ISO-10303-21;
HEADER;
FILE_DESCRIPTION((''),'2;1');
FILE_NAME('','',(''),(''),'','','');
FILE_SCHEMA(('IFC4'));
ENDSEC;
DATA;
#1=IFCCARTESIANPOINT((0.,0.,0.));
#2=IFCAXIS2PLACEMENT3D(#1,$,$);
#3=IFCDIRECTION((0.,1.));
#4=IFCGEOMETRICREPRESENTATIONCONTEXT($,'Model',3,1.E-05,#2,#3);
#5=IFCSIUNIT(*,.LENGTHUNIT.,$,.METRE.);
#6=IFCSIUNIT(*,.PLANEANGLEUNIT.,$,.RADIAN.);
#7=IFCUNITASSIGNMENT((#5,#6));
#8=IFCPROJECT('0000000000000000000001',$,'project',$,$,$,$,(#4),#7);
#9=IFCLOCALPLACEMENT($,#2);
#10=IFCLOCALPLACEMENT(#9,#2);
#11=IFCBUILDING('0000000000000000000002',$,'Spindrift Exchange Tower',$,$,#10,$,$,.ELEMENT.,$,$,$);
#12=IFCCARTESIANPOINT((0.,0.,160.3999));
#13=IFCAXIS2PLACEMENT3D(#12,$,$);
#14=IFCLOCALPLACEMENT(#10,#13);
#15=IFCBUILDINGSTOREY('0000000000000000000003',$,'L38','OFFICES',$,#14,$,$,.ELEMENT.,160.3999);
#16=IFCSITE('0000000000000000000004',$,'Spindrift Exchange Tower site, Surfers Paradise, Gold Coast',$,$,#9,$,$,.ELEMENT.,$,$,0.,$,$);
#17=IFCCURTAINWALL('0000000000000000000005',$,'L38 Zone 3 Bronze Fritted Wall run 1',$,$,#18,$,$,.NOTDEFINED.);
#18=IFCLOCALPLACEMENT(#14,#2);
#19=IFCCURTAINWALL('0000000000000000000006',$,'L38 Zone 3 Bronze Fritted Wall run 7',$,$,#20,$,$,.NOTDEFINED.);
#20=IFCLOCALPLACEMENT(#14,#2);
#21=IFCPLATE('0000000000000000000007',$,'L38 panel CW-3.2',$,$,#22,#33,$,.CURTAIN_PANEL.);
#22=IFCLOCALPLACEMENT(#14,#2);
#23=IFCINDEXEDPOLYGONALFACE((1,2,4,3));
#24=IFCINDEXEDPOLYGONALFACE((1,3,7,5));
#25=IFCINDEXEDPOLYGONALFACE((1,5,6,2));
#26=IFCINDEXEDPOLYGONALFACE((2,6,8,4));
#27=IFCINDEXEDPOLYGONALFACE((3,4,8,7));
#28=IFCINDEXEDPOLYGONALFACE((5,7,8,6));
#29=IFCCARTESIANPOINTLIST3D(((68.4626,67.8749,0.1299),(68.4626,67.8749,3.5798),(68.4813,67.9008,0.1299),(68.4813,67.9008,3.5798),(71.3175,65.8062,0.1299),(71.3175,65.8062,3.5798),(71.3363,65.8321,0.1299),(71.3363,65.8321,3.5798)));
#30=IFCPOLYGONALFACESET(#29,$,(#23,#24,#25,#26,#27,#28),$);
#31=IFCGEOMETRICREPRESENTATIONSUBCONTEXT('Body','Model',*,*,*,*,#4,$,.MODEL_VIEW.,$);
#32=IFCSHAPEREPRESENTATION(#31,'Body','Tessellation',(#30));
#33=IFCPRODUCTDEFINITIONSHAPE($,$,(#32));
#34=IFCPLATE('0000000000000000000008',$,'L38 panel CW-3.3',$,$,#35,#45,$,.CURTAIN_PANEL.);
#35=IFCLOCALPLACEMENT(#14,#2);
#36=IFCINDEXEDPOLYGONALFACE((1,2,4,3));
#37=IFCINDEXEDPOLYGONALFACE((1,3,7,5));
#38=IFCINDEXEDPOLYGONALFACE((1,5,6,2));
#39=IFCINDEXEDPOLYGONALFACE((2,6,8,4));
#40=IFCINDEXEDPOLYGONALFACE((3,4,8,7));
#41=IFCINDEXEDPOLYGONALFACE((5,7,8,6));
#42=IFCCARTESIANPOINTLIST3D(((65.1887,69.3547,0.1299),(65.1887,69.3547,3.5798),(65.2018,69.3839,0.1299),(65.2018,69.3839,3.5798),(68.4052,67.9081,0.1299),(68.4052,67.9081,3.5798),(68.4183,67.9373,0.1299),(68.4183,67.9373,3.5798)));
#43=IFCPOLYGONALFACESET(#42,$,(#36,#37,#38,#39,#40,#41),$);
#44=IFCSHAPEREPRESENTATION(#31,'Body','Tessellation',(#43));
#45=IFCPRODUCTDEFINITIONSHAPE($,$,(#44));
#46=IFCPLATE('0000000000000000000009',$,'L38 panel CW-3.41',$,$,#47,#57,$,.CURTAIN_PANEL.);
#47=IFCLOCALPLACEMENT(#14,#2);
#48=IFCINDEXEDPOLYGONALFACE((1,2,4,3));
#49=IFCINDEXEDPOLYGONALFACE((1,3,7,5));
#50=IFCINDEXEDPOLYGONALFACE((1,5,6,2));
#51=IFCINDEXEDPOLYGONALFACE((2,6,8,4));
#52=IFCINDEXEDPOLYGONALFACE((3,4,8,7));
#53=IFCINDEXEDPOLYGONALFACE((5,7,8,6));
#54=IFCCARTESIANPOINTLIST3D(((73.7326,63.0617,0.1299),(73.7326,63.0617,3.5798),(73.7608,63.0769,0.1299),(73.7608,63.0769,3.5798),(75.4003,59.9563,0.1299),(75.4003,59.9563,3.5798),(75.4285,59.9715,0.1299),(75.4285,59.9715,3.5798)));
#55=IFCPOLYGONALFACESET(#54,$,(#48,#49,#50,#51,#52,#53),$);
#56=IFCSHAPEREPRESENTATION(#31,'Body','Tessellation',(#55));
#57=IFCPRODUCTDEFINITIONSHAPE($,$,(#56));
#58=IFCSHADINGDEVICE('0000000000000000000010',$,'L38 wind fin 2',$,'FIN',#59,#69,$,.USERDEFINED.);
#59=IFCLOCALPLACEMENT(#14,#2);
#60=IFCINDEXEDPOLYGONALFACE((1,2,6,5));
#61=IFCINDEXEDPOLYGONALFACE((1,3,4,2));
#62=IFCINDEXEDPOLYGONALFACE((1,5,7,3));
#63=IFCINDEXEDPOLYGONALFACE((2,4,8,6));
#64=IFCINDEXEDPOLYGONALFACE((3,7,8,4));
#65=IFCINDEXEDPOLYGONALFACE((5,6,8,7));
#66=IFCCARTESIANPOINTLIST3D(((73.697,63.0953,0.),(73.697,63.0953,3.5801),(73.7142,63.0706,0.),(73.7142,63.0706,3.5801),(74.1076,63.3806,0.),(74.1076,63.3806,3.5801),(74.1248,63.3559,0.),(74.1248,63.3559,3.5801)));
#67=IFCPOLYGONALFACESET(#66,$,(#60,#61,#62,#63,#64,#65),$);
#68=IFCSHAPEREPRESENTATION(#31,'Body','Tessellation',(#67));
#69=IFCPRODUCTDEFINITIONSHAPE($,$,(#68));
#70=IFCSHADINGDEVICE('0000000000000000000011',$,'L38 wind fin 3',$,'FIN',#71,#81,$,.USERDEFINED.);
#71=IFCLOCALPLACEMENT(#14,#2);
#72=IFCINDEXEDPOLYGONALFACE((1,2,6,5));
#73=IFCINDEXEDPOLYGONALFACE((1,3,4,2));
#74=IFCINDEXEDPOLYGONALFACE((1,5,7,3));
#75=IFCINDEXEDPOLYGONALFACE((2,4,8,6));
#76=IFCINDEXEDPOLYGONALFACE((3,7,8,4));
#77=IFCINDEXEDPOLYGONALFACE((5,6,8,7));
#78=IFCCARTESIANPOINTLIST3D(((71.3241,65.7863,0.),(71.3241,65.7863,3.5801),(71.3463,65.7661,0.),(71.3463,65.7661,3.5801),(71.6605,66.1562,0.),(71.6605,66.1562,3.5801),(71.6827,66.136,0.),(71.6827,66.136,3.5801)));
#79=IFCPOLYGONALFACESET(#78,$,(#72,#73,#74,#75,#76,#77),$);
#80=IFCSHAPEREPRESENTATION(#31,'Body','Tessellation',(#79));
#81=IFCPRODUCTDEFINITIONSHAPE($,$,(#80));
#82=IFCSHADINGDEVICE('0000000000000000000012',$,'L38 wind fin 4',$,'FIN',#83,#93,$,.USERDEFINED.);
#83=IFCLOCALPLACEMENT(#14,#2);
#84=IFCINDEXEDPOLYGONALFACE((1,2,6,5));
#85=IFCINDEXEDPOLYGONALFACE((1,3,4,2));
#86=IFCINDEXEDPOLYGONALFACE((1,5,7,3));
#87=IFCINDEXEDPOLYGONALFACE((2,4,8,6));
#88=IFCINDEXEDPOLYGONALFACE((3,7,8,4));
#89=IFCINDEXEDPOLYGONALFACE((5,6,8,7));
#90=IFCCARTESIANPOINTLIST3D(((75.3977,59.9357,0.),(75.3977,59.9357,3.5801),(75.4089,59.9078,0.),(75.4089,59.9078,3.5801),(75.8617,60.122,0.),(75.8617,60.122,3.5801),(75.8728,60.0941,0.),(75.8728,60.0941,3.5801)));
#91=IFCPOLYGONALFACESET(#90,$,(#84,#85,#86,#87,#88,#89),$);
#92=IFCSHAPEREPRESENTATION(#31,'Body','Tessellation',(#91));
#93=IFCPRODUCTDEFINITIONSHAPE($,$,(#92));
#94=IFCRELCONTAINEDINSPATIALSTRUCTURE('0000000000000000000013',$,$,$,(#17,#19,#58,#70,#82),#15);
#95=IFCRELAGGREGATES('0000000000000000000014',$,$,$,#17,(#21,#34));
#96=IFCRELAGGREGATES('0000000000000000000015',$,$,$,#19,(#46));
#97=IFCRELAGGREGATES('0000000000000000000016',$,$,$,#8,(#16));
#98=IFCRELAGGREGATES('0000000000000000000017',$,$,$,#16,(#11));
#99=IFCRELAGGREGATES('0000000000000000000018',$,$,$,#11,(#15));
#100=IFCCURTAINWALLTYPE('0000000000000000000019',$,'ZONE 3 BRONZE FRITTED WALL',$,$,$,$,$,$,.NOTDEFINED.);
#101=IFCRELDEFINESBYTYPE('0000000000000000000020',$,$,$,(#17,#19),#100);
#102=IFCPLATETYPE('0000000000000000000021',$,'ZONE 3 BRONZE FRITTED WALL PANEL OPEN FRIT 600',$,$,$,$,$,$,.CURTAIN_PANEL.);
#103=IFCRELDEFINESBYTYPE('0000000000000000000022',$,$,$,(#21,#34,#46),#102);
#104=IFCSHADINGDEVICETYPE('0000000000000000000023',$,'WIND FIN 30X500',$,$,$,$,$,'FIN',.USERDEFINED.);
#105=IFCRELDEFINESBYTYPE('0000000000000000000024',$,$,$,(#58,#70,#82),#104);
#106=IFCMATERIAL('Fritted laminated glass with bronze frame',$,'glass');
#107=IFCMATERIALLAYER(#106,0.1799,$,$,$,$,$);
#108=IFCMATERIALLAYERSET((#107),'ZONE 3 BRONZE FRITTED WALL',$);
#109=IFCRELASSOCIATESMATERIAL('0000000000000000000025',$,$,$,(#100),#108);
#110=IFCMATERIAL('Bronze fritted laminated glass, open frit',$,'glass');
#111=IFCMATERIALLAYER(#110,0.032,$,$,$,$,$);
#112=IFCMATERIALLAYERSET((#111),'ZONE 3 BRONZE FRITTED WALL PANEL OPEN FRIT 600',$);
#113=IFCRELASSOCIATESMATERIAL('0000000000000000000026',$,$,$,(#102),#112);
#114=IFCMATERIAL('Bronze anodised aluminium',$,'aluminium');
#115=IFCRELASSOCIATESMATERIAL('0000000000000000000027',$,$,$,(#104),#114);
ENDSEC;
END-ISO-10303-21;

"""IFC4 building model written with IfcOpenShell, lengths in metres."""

from ifc_helpers import new_model, si_unit, direction, frame, origin, origin_2d, place, context, subcontext, project, spatial, rectangle, extrude, source, transform, mapped, material, layer, layer_set, material_profile, profile_set, type_object, element, aggregate, save


model = new_model("IFC4")

# Units and contexts
model_context = context("Model", 3, precision=1e-05, world=origin(), true_north=direction((0.0, 1.0)))
body_context = subcontext(model_context, "Body", "Model", "MODEL_VIEW")
ifc_project = project(units=[si_unit("LENGTHUNIT", "METRE"), si_unit("PLANEANGLEUNIT", "RADIAN")], contexts=[model_context])

# Site, building, storey
site_placement = place(None, origin())
site = spatial("IfcSite", under=ifc_project, at=site_placement, Name="Spindrift Exchange Tower site, Surfers Paradise, Gold Coast", CompositionType="ELEMENT", RefElevation=0.0)
building_placement = place(site_placement, origin())
building = spatial("IfcBuilding", under=site, at=building_placement, Name="Spindrift Exchange Tower", CompositionType="ELEMENT")
storey_placement = place(building_placement, frame((0.0, 0.0, 160.3999)))
storey = spatial("IfcBuildingStorey", under=building, at=storey_placement, Name="L38", Description="OFFICES", CompositionType="ELEMENT", Elevation=160.3999)

# Curtain wall
ifc_material_1 = material(Name="Fritted laminated glass with bronze frame", Category="glass")
ifc_layer_1 = layer(ifc_material_1, 0.1799)
ifc_layer_set_1 = layer_set([ifc_layer_1], Name="ZONE 3 BRONZE FRITTED WALL")
curtain_wall_type = type_object("IfcCurtainWallType", Name="ZONE 3 BRONZE FRITTED WALL", PredefinedType="NOTDEFINED", material=ifc_layer_set_1)
curtain_wall_1_placement = place(storey_placement, origin())
curtain_wall_1 = element("IfcCurtainWall", 1, at=curtain_wall_1_placement, inside=storey, type_object=curtain_wall_type, Name="L38 Zone 3 Bronze Fritted Wall run 1", PredefinedType="NOTDEFINED")
ifc_material_2 = material(Name="Bronze anodised aluminium", Category="aluminium")

# Curtain wall
curtain_wall_2_placement = place(storey_placement, origin())
curtain_wall_2 = element("IfcCurtainWall", 2, at=curtain_wall_2_placement, inside=storey, type_object=curtain_wall_type, Name="L38 Zone 3 Bronze Fritted Wall run 7", PredefinedType="NOTDEFINED")

# Plates
ifc_material_3 = material(Name="Bronze fritted laminated glass, open frit", Category="glass")
ifc_layer_2 = layer(ifc_material_3, 0.032)
ifc_layer_set_2 = layer_set([ifc_layer_2], Name="ZONE 3 BRONZE FRITTED WALL PANEL OPEN FRIT 600")
plate_type_1 = type_object("IfcPlateType", Name="ZONE 3 BRONZE FRITTED WALL PANEL OPEN FRIT 600", PredefinedType="CURTAIN_PANEL", material=ifc_layer_set_2)
shared_shape_1 = source(origin(), body_context, "Body", "SweptSolid", [
    extrude(rectangle(XDim=3.5256, YDim=0.032, at=origin_2d()), origin(), (0.0, 0.0, 1.0), 3.45),
])
plate_1_placement = place(storey_placement, frame((69.8994, 66.8535, 0.1299), z_axis=(0.0, 0.0, 1.0), x_axis=(-0.809757, 0.586765, 0.0)))
plate_1 = element("IfcPlate", 3, at=plate_1_placement, type_object=plate_type_1, Name="L38 panel CW-3.2", PredefinedType="CURTAIN_PANEL", context=body_context, shape_type="MappedRepresentation", body=[
    mapped(shared_shape_1, transform((0.0, 0.0, 0.0), scale=1.0)),
])
shared_shape_2 = source(origin(), body_context, "Body", "SweptSolid", [
    extrude(rectangle(XDim=3.5269, YDim=0.032, at=origin_2d()), origin(), (0.0, 0.0, 1.0), 3.45),
])
plate_2_placement = place(storey_placement, frame((66.8035, 68.646, 0.1299), z_axis=(0.0, 0.0, 1.0), x_axis=(-0.912003, 0.410184, 0.0)))
plate_2 = element("IfcPlate", 4, at=plate_2_placement, type_object=plate_type_1, Name="L38 panel CW-3.3", PredefinedType="CURTAIN_PANEL", context=body_context, shape_type="MappedRepresentation", body=[
    mapped(shared_shape_2, transform((0.0, 0.0, 0.0), scale=1.0)),
])
aggregate(curtain_wall_1, [plate_1, plate_2])
shared_shape_3 = source(origin(), body_context, "Body", "SweptSolid", [
    extrude(rectangle(XDim=3.5249, YDim=0.032, at=origin_2d()), origin(), (0.0, 0.0, 1.0), 3.45),
])
plate_3_placement = place(storey_placement, frame((74.5806, 61.5166, 0.1299), z_axis=(0.0, 0.0, 1.0), x_axis=(-0.473127, 0.880994, 0.0)))
plate_3 = element("IfcPlate", 5, at=plate_3_placement, type_object=plate_type_1, Name="L38 panel CW-3.41", PredefinedType="CURTAIN_PANEL", context=body_context, shape_type="MappedRepresentation", body=[
    mapped(shared_shape_3, transform((0.0, 0.0, 0.0), scale=1.0)),
])
aggregate(curtain_wall_2, [plate_3])

# Shading devices
ifc_material_profile_1 = material_profile(ifc_material_2, rectangle(XDim=0.03, YDim=0.5, at=origin_2d()), Name="WIND FIN 30X500")
ifc_profile_set_1 = profile_set([ifc_material_profile_1], Name="Bronze anodised aluminium")
shading_device_type = type_object("IfcShadingDeviceType", Name="WIND FIN 30X500", ElementType="FIN", PredefinedType="USERDEFINED", material=ifc_profile_set_1)
shared_shape_4 = source(origin(), body_context, "Body", "SweptSolid", [
    extrude(rectangle(XDim=0.03, YDim=0.5, at=origin_2d()), origin(), (0.0, 0.0, 1.0), 3.5801),
])
for number, where, z_axis, x_axis, name in (
    (6, (73.9109, 63.2256, 0.0), (0.0, 0.0, 1.0), (-0.570628, 0.821209, 0.0), "L38 wind fin 2"),
    (7, (71.5034, 65.9612, 0.0), (0.0, 0.0, 1.0), (-0.739764, 0.672867, 0.0), "L38 wind fin 3"),
    (8, (75.6353, 60.0149, 0.0), (0.0, 0.0, 1.0), (-0.372631, 0.927979, 0.0), "L38 wind fin 4"),
):
    element("IfcShadingDevice", number, at=place(storey_placement, frame(where, z_axis=z_axis, x_axis=x_axis)), inside=storey, type_object=shading_device_type, Name=name, ObjectType="FIN", PredefinedType="USERDEFINED", context=body_context, shape_type="MappedRepresentation", body=[
        mapped(shared_shape_4, transform((0.0, 0.0, 0.0), scale=1.0)),
    ])

save(model, "model.ifc")
